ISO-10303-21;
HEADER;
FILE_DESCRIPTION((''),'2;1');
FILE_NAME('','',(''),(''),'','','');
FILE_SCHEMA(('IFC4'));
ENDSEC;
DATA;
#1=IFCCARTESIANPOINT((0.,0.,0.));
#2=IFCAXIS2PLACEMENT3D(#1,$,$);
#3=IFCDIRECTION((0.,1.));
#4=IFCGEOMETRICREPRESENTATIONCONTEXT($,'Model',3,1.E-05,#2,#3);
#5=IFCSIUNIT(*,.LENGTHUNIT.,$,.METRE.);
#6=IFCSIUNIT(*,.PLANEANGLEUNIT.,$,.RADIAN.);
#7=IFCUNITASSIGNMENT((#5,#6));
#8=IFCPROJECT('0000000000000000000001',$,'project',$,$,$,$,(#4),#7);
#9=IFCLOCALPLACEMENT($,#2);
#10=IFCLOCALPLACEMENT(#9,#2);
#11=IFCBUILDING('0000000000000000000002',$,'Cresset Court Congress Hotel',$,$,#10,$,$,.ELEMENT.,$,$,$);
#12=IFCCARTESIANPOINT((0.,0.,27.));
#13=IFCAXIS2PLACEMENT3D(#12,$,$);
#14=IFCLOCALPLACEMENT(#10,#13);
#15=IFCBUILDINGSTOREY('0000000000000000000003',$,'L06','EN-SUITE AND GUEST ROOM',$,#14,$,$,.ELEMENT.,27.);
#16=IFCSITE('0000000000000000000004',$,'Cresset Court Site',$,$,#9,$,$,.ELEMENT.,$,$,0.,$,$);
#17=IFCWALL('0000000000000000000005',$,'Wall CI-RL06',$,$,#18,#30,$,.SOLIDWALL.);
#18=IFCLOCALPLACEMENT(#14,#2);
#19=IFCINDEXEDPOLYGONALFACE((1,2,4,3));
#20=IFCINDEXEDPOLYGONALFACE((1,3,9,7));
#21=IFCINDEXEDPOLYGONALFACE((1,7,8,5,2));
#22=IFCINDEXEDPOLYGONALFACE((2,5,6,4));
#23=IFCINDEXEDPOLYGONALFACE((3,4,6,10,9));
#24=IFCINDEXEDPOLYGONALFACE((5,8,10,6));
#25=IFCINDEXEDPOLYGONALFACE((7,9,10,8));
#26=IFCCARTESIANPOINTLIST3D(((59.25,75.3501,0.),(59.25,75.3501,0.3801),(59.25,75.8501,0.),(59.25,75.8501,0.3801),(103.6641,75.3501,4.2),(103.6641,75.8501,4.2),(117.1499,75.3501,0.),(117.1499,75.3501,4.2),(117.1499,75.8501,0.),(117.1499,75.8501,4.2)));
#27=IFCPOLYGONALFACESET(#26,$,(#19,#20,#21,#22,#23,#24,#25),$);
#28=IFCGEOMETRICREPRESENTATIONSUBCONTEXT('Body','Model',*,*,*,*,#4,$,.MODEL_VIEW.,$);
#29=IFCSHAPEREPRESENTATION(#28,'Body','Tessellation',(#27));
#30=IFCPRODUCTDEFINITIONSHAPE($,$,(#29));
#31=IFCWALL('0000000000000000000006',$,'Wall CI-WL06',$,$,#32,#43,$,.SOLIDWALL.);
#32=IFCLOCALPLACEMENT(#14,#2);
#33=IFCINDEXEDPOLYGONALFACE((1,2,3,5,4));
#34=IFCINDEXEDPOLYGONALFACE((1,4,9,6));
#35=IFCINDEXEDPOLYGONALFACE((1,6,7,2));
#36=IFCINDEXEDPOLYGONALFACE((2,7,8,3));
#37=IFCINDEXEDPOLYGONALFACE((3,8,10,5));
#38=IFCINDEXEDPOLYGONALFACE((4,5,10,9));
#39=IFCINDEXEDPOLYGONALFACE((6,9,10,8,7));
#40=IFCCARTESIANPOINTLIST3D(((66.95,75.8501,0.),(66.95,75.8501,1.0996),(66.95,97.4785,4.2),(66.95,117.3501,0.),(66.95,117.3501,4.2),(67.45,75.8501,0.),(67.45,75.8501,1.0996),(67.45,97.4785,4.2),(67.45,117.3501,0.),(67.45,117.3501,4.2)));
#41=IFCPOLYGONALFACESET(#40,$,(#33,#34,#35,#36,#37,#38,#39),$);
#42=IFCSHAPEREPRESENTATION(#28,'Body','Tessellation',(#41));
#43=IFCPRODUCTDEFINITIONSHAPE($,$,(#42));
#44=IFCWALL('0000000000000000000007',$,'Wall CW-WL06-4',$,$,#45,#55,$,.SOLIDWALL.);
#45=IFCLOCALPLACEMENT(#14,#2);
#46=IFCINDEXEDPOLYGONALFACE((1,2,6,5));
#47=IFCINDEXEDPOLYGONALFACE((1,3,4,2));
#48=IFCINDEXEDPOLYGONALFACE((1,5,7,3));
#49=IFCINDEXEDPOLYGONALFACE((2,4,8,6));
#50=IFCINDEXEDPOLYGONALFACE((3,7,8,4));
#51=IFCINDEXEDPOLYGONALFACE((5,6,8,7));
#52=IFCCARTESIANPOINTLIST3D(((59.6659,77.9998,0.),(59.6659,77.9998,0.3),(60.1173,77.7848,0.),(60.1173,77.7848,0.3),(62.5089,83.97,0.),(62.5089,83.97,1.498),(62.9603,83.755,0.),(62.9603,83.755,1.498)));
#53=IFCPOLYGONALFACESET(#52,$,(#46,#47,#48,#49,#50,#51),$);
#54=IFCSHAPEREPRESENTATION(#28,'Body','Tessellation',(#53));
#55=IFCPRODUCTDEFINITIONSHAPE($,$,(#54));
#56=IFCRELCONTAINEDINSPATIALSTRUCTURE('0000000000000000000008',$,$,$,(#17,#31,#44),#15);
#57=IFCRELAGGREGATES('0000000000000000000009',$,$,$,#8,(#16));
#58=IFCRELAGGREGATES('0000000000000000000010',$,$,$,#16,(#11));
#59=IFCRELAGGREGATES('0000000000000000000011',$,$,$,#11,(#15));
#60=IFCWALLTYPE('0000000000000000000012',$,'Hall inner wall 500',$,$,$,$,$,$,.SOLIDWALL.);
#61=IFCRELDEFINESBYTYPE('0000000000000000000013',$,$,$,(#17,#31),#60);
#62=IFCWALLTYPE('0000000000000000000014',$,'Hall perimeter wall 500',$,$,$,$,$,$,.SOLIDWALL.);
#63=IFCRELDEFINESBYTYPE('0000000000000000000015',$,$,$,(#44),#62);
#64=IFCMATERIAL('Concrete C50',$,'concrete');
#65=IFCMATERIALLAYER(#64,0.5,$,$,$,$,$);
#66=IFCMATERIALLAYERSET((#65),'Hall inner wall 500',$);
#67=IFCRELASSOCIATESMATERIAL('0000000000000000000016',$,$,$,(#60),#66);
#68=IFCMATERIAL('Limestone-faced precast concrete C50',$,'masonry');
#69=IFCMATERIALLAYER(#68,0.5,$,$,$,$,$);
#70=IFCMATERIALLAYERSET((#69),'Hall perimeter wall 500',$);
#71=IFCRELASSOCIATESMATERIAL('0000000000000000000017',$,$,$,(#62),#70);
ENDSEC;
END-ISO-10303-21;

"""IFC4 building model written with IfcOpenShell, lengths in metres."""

from ifc_helpers import new_model, si_unit, direction, frame, origin, place, context, subcontext, project, spatial, polyline, outline, extrude, material, layer, layer_set, type_object, element, save


model = new_model("IFC4")

# Units and contexts
model_context = context("Model", 3, precision=1e-05, world=origin(), true_north=direction((0.0, 1.0)))
body_context = subcontext(model_context, "Body", "Model", "MODEL_VIEW")
ifc_project = project(units=[si_unit("LENGTHUNIT", "METRE"), si_unit("PLANEANGLEUNIT", "RADIAN")], contexts=[model_context])

# Site, building, storey
site_placement = place(None, origin())
site = spatial("IfcSite", under=ifc_project, at=site_placement, Name="Cresset Court Site", CompositionType="ELEMENT", RefElevation=0.0)
building_placement = place(site_placement, origin())
building = spatial("IfcBuilding", under=site, at=building_placement, Name="Cresset Court Congress Hotel", CompositionType="ELEMENT")
storey_placement = place(building_placement, frame((0.0, 0.0, 27.0)))
storey = spatial("IfcBuildingStorey", under=building, at=storey_placement, Name="L06", Description="EN-SUITE AND GUEST ROOM", CompositionType="ELEMENT", Elevation=27.0)

# Walls
ifc_material_1 = material(Name="Concrete C50", Category="concrete")
ifc_layer_1 = layer(ifc_material_1, 0.5)
ifc_layer_set_1 = layer_set([ifc_layer_1], Name="Hall inner wall 500")
wall_type_1 = type_object("IfcWallType", Name="Hall inner wall 500", PredefinedType="SOLIDWALL", material=ifc_layer_set_1)
wall_1_placement = place(storey_placement, frame((59.25, 75.6001, 0.0), z_axis=(0.0, 0.0, 1.0), x_axis=(1.0, 0.0, 0.0)))
element("IfcWall", 1, at=wall_1_placement, inside=storey, type_object=wall_type_1, Name="Wall CI-RL06", PredefinedType="SOLIDWALL", context=body_context, shape_type="SweptSolid", body=[
    extrude(outline(polyline([(0.0, 0.0), (57.8999, 0.0), (57.8999, 4.2), (44.4141, 4.2), (0.0, 0.3801), (0.0, 0.0)])), frame((0.0, 0.25, 0.0), z_axis=(0.0, -1.0, 0.0), x_axis=(1.0, 0.0, 0.0)), (0.0, 0.0, 1.0), 0.5),
])
wall_2_placement = place(storey_placement, frame((67.2, 75.8501, 0.0), z_axis=(0.0, 0.0, 1.0), x_axis=(0.0, 1.0, 0.0)))
element("IfcWall", 2, at=wall_2_placement, inside=storey, type_object=wall_type_1, Name="Wall CI-WL06", PredefinedType="SOLIDWALL", context=body_context, shape_type="SweptSolid", body=[
    extrude(outline(polyline([(0.0, 0.0), (41.5, 0.0), (41.5, 4.2), (21.6284, 4.2), (0.0, 1.0996), (0.0, 0.0)])), frame((0.0, 0.25, 0.0), z_axis=(0.0, -1.0, 0.0), x_axis=(1.0, 0.0, 0.0)), (0.0, 0.0, 1.0), 0.5),
])
ifc_material_2 = material(Name="Limestone-faced precast concrete C50", Category="masonry")
ifc_layer_2 = layer(ifc_material_2, 0.5)
ifc_layer_set_2 = layer_set([ifc_layer_2], Name="Hall perimeter wall 500")
wall_type_2 = type_object("IfcWallType", Name="Hall perimeter wall 500", PredefinedType="SOLIDWALL", material=ifc_layer_set_2)
wall_3_placement = place(storey_placement, frame((59.8916, 77.8923, 0.0), z_axis=(0.0, 0.0, 1.0), x_axis=(0.429941, 0.902857, 0.0)))
element("IfcWall", 3, at=wall_3_placement, inside=storey, type_object=wall_type_2, Name="Wall CW-WL06-4", PredefinedType="SOLIDWALL", context=body_context, shape_type="SweptSolid", body=[
    extrude(outline(polyline([(0.0, 0.0), (6.6125, 0.0), (6.6125, 1.498), (0.0, 0.3), (0.0, 0.0)])), frame((0.0, 0.25, 0.0), z_axis=(0.0, -1.0, 0.0), x_axis=(1.0, 0.0, 0.0)), (0.0, 0.0, 1.0), 0.5),
])

save(model, "model.ifc")
